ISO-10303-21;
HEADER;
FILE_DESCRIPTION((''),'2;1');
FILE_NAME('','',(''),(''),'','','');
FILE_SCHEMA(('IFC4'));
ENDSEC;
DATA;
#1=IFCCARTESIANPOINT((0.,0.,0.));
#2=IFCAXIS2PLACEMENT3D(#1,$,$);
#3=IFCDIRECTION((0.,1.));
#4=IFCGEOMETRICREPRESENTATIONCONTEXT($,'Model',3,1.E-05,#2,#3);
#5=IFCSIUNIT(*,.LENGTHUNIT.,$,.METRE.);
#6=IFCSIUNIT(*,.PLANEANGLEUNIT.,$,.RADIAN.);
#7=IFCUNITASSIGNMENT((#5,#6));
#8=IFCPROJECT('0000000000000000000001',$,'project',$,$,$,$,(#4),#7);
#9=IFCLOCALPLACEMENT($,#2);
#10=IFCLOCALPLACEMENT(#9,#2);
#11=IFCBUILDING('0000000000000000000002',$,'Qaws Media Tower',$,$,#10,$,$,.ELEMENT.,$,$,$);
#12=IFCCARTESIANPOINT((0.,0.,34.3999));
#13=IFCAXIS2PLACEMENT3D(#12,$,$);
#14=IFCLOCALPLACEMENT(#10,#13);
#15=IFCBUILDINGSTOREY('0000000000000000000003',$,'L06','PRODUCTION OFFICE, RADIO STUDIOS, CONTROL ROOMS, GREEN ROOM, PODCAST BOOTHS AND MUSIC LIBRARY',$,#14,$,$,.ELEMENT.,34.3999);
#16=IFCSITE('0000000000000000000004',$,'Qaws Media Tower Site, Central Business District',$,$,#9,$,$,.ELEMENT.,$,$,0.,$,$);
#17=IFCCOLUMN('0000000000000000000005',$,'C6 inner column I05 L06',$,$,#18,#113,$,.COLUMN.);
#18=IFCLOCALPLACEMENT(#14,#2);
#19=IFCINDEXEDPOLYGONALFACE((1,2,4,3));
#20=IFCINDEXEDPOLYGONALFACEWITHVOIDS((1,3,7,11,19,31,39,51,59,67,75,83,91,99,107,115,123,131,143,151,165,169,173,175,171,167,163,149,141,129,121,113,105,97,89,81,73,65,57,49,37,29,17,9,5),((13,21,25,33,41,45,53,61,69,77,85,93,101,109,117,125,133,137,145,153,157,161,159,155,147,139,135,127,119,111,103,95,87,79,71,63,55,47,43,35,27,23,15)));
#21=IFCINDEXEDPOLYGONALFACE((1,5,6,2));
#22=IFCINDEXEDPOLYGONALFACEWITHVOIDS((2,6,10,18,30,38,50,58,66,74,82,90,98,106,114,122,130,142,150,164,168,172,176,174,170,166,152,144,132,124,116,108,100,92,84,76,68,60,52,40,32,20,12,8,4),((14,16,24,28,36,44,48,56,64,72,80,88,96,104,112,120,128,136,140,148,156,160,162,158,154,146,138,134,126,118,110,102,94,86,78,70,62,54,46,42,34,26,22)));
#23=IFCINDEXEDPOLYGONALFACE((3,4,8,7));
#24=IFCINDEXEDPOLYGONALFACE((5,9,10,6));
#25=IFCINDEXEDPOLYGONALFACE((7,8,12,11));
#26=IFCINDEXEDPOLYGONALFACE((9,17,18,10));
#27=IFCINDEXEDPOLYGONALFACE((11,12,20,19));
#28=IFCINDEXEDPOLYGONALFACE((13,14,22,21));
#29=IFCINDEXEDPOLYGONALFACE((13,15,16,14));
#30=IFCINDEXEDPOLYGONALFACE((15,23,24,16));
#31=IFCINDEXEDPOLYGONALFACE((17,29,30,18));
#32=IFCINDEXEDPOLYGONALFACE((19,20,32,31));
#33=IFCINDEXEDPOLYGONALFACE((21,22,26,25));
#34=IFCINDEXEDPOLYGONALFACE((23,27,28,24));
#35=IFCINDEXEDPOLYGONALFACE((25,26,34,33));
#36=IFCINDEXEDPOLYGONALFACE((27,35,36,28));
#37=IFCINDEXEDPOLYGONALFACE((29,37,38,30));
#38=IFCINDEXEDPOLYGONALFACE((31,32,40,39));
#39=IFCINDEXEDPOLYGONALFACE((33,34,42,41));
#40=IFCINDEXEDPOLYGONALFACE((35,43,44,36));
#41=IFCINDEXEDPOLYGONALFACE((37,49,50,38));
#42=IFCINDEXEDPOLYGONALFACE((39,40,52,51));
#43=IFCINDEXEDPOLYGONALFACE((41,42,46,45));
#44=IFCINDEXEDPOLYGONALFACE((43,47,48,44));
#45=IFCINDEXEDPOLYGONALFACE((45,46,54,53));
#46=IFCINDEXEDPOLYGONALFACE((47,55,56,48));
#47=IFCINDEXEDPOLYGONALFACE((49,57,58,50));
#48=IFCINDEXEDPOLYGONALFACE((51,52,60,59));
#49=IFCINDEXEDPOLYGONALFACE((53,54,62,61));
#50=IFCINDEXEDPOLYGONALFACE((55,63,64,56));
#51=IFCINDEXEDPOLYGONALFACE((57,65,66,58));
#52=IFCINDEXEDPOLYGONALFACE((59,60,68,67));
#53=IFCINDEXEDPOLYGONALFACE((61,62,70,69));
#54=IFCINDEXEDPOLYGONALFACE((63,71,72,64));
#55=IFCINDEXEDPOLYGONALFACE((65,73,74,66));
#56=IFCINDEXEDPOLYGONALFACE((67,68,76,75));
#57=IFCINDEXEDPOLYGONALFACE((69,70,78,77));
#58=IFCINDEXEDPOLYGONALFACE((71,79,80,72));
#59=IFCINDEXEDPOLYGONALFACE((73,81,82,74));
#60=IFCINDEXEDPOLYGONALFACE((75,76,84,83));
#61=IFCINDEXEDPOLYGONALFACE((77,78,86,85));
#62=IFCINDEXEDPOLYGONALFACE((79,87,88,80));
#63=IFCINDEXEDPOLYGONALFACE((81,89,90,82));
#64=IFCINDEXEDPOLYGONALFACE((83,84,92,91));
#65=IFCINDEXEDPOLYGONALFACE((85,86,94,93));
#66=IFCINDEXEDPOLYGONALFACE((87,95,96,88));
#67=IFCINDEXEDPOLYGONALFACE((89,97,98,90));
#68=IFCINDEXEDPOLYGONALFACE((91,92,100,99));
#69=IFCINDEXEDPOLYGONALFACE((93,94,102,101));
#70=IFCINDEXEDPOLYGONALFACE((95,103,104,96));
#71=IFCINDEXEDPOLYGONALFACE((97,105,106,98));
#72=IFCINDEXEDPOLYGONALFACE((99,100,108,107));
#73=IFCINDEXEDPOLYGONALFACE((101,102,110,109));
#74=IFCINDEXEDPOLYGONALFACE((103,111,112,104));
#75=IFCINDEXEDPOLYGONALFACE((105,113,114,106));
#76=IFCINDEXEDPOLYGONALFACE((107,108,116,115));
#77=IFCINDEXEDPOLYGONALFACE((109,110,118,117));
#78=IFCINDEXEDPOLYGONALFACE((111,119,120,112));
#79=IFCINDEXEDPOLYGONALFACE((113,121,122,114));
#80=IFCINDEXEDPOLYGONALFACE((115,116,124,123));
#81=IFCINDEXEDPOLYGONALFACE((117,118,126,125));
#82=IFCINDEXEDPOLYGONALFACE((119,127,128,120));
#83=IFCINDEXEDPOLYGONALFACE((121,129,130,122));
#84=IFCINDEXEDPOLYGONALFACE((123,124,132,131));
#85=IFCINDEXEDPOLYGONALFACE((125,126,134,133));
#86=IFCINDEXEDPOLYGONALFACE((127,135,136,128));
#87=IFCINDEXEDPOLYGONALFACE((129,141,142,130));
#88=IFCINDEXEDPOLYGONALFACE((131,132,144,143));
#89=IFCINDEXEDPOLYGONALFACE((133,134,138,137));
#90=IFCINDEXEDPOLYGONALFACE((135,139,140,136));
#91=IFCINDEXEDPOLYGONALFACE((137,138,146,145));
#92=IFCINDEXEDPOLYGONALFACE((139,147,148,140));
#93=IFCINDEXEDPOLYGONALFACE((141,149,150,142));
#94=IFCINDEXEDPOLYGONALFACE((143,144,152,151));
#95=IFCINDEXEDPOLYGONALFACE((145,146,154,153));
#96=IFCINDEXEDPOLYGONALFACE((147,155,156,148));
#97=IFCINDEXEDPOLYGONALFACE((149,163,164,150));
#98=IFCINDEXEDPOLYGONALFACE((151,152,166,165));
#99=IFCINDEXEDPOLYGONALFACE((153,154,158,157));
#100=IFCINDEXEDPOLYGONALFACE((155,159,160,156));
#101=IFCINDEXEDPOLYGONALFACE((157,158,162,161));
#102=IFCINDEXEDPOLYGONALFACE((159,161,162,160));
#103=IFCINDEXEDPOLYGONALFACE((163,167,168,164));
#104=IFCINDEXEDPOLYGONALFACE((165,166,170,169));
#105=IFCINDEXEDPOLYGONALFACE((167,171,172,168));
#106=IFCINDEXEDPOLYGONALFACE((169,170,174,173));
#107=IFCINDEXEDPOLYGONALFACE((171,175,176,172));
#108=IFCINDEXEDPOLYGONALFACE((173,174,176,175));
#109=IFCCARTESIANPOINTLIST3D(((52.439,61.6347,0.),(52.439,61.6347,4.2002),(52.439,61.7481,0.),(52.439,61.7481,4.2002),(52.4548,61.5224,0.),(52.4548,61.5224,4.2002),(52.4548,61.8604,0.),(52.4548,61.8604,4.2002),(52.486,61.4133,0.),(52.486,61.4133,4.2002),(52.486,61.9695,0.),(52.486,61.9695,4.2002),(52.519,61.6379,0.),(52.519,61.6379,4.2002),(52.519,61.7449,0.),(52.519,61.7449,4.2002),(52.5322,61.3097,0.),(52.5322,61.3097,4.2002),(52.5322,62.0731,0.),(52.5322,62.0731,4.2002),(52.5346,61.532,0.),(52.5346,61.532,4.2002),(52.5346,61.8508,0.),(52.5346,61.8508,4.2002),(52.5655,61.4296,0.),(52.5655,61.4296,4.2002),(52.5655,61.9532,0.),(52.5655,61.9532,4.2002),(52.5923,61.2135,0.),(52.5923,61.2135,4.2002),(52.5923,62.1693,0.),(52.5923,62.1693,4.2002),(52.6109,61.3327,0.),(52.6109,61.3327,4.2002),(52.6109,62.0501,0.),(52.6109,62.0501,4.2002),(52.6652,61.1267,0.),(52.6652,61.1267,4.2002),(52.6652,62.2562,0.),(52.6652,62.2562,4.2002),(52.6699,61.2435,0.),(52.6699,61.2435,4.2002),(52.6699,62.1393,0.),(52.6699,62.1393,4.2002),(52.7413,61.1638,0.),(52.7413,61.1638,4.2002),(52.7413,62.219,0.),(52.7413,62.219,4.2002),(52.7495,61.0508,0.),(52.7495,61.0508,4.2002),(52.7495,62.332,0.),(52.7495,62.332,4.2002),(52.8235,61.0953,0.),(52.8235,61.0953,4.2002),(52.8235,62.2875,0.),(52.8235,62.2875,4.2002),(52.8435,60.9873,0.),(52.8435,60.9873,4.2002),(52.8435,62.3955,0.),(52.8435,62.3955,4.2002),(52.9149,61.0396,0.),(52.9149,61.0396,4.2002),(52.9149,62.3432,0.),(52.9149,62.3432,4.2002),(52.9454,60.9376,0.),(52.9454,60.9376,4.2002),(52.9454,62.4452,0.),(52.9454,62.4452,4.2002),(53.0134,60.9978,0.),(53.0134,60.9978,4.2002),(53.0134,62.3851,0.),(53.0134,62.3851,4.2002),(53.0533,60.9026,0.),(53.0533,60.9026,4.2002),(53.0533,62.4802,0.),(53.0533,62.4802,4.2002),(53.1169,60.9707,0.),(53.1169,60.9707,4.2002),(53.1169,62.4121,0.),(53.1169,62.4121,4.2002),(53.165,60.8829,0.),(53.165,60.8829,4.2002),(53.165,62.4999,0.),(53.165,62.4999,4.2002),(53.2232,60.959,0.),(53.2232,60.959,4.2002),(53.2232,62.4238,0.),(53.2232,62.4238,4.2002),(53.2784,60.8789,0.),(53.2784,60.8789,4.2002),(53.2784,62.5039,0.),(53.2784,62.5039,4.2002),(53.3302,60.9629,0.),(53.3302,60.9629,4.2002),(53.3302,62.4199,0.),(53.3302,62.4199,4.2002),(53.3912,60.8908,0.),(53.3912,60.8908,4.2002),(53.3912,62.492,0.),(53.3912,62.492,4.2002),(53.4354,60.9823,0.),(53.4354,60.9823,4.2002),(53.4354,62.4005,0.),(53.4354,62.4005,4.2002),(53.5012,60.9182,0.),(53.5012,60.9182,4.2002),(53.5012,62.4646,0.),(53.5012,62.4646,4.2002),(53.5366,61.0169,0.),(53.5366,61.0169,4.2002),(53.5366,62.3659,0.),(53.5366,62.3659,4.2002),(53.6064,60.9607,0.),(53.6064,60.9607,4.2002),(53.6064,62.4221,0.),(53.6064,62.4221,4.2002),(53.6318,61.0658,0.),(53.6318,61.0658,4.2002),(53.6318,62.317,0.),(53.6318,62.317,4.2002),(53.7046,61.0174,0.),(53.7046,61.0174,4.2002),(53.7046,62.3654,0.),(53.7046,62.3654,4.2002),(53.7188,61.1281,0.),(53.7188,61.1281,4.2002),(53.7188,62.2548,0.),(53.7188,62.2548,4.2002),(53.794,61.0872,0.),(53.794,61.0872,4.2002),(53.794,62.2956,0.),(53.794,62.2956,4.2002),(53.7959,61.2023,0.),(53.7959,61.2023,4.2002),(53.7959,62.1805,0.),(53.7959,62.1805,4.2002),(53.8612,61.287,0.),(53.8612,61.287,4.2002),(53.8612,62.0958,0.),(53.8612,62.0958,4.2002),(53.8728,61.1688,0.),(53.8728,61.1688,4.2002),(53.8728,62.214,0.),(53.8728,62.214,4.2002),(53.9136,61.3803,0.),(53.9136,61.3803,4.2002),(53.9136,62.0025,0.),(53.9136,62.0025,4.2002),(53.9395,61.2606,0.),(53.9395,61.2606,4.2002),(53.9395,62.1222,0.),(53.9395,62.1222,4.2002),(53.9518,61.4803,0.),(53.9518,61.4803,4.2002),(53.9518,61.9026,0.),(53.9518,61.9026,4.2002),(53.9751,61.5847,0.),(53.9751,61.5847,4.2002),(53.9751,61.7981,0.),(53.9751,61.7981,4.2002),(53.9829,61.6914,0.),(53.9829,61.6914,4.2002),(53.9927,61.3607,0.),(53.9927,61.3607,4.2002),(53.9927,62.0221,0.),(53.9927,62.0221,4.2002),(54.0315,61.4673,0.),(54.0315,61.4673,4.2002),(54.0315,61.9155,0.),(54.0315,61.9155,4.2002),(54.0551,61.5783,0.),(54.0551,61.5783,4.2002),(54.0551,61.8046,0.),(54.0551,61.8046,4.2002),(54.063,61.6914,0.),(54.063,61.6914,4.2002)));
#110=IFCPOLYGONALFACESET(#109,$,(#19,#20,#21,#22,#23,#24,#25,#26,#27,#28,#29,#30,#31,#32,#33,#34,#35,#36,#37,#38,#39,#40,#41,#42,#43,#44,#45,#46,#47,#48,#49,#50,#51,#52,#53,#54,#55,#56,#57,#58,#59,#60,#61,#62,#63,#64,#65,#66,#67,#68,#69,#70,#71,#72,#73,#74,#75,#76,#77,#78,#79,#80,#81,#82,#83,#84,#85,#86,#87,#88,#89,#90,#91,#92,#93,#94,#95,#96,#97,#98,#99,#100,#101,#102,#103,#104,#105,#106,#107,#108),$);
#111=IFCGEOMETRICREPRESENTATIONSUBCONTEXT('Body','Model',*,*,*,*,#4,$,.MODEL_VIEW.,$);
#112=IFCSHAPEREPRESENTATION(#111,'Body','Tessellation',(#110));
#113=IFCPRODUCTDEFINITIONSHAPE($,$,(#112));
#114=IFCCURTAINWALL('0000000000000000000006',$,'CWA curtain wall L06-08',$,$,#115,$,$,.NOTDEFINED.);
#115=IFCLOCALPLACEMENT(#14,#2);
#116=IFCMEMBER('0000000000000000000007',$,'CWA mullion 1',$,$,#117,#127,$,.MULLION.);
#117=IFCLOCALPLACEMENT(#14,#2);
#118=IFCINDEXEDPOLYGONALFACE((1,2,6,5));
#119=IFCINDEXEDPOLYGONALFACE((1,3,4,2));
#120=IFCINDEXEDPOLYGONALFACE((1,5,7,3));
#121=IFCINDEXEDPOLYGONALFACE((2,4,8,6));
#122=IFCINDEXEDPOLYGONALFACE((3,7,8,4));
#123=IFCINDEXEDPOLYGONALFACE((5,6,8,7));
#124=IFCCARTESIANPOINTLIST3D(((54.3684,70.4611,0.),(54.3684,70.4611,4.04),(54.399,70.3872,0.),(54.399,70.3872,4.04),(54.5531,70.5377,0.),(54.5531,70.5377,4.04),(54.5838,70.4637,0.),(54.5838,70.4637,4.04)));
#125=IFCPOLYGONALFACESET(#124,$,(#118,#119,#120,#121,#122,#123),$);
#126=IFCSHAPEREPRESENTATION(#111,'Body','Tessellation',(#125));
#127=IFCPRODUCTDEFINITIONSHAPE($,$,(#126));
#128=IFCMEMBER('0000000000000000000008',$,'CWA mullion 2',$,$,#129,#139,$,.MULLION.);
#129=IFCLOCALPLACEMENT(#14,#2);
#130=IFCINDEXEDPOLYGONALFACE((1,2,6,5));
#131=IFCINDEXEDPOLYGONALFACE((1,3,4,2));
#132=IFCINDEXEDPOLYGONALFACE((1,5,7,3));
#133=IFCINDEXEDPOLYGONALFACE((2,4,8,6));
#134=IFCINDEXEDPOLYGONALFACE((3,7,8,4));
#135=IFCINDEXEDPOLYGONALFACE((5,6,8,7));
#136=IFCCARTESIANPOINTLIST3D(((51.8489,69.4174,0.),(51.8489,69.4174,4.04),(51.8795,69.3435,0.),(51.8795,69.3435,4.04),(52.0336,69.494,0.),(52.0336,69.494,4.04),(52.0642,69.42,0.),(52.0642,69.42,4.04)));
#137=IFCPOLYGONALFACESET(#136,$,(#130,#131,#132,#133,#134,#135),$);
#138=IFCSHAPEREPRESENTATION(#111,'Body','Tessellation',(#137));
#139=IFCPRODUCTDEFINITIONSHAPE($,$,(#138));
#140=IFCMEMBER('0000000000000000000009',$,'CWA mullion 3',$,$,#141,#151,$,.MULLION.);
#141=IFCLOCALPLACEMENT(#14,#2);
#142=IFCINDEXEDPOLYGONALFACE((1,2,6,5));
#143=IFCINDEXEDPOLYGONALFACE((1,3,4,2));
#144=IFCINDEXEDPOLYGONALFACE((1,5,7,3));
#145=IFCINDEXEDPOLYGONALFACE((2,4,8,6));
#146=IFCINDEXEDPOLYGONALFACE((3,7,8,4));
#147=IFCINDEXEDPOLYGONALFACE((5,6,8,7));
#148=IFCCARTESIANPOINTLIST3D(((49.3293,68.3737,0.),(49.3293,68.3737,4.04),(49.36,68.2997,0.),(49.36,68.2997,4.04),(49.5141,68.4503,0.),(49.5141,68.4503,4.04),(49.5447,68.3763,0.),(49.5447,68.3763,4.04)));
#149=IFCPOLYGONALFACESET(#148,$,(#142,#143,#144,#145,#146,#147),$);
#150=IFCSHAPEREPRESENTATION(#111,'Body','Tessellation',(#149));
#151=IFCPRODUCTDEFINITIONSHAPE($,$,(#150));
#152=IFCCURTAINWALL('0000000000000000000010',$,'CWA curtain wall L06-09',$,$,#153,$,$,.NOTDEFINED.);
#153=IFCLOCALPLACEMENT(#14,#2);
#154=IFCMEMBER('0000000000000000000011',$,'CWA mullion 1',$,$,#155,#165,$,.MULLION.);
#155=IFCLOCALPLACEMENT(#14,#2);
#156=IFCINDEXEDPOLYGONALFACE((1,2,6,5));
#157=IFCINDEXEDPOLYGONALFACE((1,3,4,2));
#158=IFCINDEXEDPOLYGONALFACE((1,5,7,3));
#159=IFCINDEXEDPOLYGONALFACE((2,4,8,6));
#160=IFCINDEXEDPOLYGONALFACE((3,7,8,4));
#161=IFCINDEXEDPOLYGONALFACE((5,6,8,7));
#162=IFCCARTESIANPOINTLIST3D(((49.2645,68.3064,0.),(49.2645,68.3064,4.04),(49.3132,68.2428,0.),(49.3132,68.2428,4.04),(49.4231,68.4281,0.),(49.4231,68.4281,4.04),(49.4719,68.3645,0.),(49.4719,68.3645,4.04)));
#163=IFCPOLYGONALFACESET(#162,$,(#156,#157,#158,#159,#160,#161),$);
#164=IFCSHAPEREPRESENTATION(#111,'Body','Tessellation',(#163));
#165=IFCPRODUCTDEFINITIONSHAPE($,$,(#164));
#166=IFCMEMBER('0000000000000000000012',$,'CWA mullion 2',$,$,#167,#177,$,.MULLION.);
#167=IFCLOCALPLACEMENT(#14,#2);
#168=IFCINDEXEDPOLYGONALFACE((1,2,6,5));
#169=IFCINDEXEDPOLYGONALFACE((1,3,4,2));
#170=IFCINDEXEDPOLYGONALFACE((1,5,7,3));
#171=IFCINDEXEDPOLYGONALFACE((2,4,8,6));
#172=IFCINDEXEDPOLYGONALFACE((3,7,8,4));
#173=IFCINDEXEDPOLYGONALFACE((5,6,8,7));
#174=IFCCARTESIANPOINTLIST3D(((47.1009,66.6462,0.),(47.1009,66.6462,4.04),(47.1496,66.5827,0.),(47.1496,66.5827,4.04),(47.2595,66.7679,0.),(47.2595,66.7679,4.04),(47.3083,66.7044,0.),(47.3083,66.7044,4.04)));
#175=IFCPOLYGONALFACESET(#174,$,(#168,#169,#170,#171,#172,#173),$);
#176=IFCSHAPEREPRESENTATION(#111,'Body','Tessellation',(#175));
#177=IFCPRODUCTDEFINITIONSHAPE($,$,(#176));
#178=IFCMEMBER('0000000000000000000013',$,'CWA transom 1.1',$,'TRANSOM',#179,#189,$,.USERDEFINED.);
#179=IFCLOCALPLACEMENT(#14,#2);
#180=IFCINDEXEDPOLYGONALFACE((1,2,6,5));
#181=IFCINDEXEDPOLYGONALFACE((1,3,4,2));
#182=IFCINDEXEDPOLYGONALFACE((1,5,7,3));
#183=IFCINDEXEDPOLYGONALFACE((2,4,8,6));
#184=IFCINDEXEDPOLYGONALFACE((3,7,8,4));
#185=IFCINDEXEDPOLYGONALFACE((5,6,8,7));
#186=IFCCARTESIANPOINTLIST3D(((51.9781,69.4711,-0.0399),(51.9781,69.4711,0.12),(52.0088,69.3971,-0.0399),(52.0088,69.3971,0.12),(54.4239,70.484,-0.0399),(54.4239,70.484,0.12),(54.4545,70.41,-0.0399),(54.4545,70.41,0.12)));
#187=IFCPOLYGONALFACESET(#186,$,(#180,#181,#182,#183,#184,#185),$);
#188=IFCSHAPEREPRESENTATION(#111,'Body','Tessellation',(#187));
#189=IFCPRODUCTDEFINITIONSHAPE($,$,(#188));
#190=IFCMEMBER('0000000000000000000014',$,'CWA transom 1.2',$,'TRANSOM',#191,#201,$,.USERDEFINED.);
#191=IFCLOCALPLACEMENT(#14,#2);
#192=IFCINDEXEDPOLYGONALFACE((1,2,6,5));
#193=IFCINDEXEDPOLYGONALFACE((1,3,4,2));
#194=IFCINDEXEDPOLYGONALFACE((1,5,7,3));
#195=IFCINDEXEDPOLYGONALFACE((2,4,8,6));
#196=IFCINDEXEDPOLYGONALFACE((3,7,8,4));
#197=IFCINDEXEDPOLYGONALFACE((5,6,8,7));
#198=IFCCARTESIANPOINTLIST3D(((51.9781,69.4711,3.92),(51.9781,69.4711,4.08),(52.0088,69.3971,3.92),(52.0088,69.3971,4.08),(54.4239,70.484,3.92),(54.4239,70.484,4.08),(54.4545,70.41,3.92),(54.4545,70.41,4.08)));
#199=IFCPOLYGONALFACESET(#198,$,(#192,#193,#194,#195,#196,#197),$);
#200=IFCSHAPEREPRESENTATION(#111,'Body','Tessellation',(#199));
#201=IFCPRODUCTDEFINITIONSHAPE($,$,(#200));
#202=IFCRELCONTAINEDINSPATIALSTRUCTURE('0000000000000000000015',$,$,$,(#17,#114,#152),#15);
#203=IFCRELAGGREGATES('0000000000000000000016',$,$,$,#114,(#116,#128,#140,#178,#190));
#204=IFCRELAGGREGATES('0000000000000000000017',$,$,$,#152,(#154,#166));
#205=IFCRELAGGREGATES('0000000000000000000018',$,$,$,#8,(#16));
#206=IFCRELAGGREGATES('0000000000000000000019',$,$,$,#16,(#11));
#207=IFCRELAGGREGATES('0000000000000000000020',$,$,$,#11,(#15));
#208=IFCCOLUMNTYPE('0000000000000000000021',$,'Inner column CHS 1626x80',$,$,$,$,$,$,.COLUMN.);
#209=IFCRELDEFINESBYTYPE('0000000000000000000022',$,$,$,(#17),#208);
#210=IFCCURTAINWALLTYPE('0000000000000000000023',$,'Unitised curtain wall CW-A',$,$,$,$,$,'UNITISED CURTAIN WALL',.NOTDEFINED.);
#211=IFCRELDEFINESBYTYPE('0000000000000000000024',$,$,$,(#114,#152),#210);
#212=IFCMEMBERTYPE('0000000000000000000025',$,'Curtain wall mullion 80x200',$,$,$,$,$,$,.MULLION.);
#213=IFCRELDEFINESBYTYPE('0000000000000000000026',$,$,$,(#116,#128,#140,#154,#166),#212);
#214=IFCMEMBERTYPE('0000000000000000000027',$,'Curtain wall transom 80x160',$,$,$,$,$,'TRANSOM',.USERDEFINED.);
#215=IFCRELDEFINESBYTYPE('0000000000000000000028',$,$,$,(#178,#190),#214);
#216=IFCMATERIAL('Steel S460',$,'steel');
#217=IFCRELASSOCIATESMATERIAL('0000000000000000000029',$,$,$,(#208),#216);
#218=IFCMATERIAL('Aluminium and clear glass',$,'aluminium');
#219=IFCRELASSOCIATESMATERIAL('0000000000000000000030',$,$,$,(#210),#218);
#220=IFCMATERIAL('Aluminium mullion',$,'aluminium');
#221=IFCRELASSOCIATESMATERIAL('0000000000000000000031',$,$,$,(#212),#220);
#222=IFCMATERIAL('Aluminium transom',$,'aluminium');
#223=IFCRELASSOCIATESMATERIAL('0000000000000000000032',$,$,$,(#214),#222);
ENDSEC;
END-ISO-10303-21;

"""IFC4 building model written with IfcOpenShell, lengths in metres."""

from ifc_helpers import new_model, si_unit, direction, frame, origin, origin_2d, place, context, subcontext, project, spatial, rectangle, hollow_circle, extrude, material, material_profile, profile_set, type_object, element, aggregate, save


model = new_model("IFC4")

# Units and contexts
model_context = context("Model", 3, precision=1e-05, world=origin(), true_north=direction((0.0, 1.0)))
body_context = subcontext(model_context, "Body", "Model", "MODEL_VIEW")
ifc_project = project(units=[si_unit("LENGTHUNIT", "METRE"), si_unit("PLANEANGLEUNIT", "RADIAN")], contexts=[model_context])

# Site, building, storey
site_placement = place(None, origin())
site = spatial("IfcSite", under=ifc_project, at=site_placement, Name="Qaws Media Tower Site, Central Business District", CompositionType="ELEMENT", RefElevation=0.0)
building_placement = place(site_placement, origin())
building = spatial("IfcBuilding", under=site, at=building_placement, Name="Qaws Media Tower", CompositionType="ELEMENT")
storey_placement = place(building_placement, frame((0.0, 0.0, 34.3999)))
storey = spatial("IfcBuildingStorey", under=building, at=storey_placement, Name="L06", Description="PRODUCTION OFFICE, RADIO STUDIOS, CONTROL ROOMS, GREEN ROOM, PODCAST BOOTHS AND MUSIC LIBRARY", CompositionType="ELEMENT", Elevation=34.3999)

# Column
ifc_material_1 = material(Name="Steel S460", Category="steel")
ifc_material_profile_1 = material_profile(ifc_material_1, hollow_circle(Radius=0.813, WallThickness=0.0801, at=origin_2d()), Name="CHS 1626x80")
ifc_profile_set_1 = profile_set([ifc_material_profile_1], Name="Steel S460")
column_type = type_object("IfcColumnType", Name="Inner column CHS 1626x80", PredefinedType="COLUMN", material=ifc_profile_set_1)
column_placement = place(storey_placement, frame((53.25, 61.6914, 0.0), z_axis=(0.0, 0.0, 1.0), x_axis=(1.0, 0.0, 0.0)))
element("IfcColumn", 1, at=column_placement, inside=storey, type_object=column_type, Name="C6 inner column I05 L06", PredefinedType="COLUMN", context=body_context, shape_type="SweptSolid", body=[
    extrude(hollow_circle(Radius=0.813, WallThickness=0.0801, at=origin_2d()), origin(), (0.0, 0.0, 1.0), 4.2002),
])

# Curtain walls, members
ifc_material_2 = material(Name="Aluminium and clear glass", Category="aluminium")
curtain_wall_type = type_object("IfcCurtainWallType", Name="Unitised curtain wall CW-A", ElementType="UNITISED CURTAIN WALL", PredefinedType="NOTDEFINED", material=ifc_material_2)
curtain_wall_1_placement = place(storey_placement, origin())
curtain_wall_1 = element("IfcCurtainWall", 2, at=curtain_wall_1_placement, inside=storey, type_object=curtain_wall_type, Name="CWA curtain wall L06-08", PredefinedType="NOTDEFINED")
ifc_material_3 = material(Name="Aluminium mullion", Category="aluminium")
ifc_material_profile_2 = material_profile(ifc_material_3, rectangle(XDim=0.0801, YDim=0.2, at=origin_2d()), Name="80x200")
ifc_profile_set_2 = profile_set([ifc_material_profile_2], Name="Aluminium mullion")
member_type_1 = type_object("IfcMemberType", Name="Curtain wall mullion 80x200", PredefinedType="MULLION", material=ifc_profile_set_2)
member_1_placement = place(storey_placement, frame((54.4761, 70.4624, 0.0), z_axis=(0.0, 0.0, 1.0), x_axis=(0.382683, -0.92388, 0.0)))
member_1 = element("IfcMember", 3, at=member_1_placement, type_object=member_type_1, Name="CWA mullion 1", PredefinedType="MULLION", context=body_context, shape_type="SweptSolid", body=[
    extrude(rectangle(XDim=0.0801, YDim=0.2, at=origin_2d()), origin(), (0.0, 0.0, 1.0), 4.04),
])
member_2_placement = place(storey_placement, frame((51.9565, 69.4187, 0.0), z_axis=(0.0, 0.0, 1.0), x_axis=(0.382683, -0.92388, 0.0)))
member_2 = element("IfcMember", 4, at=member_2_placement, type_object=member_type_1, Name="CWA mullion 2", PredefinedType="MULLION", context=body_context, shape_type="SweptSolid", body=[
    extrude(rectangle(XDim=0.0801, YDim=0.2, at=origin_2d()), origin(), (0.0, 0.0, 1.0), 4.04),
])
member_3_placement = place(storey_placement, frame((49.437, 68.375, 0.0), z_axis=(0.0, 0.0, 1.0), x_axis=(0.382683, -0.92388, 0.0)))
member_3 = element("IfcMember", 5, at=member_3_placement, type_object=member_type_1, Name="CWA mullion 3", PredefinedType="MULLION", context=body_context, shape_type="SweptSolid", body=[
    extrude(rectangle(XDim=0.0801, YDim=0.2, at=origin_2d()), origin(), (0.0, 0.0, 1.0), 4.04),
])
curtain_wall_2_placement = place(storey_placement, origin())
curtain_wall_2 = element("IfcCurtainWall", 6, at=curtain_wall_2_placement, inside=storey, type_object=curtain_wall_type, Name="CWA curtain wall L06-09", PredefinedType="NOTDEFINED")
member_4_placement = place(storey_placement, frame((49.3682, 68.3354, 0.0), z_axis=(0.0, 0.0, 1.0), x_axis=(0.608761, -0.793353, 0.0)))
member_4 = element("IfcMember", 7, at=member_4_placement, type_object=member_type_1, Name="CWA mullion 1", PredefinedType="MULLION", context=body_context, shape_type="SweptSolid", body=[
    extrude(rectangle(XDim=0.0801, YDim=0.2, at=origin_2d()), origin(), (0.0, 0.0, 1.0), 4.04),
])
member_5_placement = place(storey_placement, frame((47.2046, 66.6753, 0.0), z_axis=(0.0, 0.0, 1.0), x_axis=(0.608761, -0.793353, 0.0)))
member_5 = element("IfcMember", 8, at=member_5_placement, type_object=member_type_1, Name="CWA mullion 2", PredefinedType="MULLION", context=body_context, shape_type="SweptSolid", body=[
    extrude(rectangle(XDim=0.0801, YDim=0.2, at=origin_2d()), origin(), (0.0, 0.0, 1.0), 4.04),
])

# Members
ifc_material_4 = material(Name="Aluminium transom", Category="aluminium")
ifc_material_profile_3 = material_profile(ifc_material_4, rectangle(XDim=0.0801, YDim=0.1599, at=origin_2d()), Name="80x160")
ifc_profile_set_3 = profile_set([ifc_material_profile_3], Name="Aluminium transom")
member_type_2 = type_object("IfcMemberType", Name="Curtain wall transom 80x160", ElementType="TRANSOM", PredefinedType="USERDEFINED", material=ifc_profile_set_3)
member_6_placement = place(storey_placement, frame((54.4392, 70.447, 0.04), z_axis=(-0.923899, -0.382637, 0.0), x_axis=(0.382637, -0.923899, 0.0)))
member_6 = element("IfcMember", 9, at=member_6_placement, type_object=member_type_2, Name="CWA transom 1.1", ObjectType="TRANSOM", PredefinedType="USERDEFINED", context=body_context, shape_type="SweptSolid", body=[
    extrude(rectangle(XDim=0.0801, YDim=0.1599, at=origin_2d()), origin(), (0.0, 0.0, 1.0), 2.6472),
])
member_7_placement = place(storey_placement, frame((54.4392, 70.447, 4.0), z_axis=(-0.923899, -0.382637, 0.0), x_axis=(0.382637, -0.923899, 0.0)))
member_7 = element("IfcMember", 10, at=member_7_placement, type_object=member_type_2, Name="CWA transom 1.2", ObjectType="TRANSOM", PredefinedType="USERDEFINED", context=body_context, shape_type="SweptSolid", body=[
    extrude(rectangle(XDim=0.0801, YDim=0.1599, at=origin_2d()), origin(), (0.0, 0.0, 1.0), 2.6472),
])

aggregate(curtain_wall_1, [member_1, member_2, member_3, member_6, member_7])
aggregate(curtain_wall_2, [member_4, member_5])

save(model, "model.ifc")
